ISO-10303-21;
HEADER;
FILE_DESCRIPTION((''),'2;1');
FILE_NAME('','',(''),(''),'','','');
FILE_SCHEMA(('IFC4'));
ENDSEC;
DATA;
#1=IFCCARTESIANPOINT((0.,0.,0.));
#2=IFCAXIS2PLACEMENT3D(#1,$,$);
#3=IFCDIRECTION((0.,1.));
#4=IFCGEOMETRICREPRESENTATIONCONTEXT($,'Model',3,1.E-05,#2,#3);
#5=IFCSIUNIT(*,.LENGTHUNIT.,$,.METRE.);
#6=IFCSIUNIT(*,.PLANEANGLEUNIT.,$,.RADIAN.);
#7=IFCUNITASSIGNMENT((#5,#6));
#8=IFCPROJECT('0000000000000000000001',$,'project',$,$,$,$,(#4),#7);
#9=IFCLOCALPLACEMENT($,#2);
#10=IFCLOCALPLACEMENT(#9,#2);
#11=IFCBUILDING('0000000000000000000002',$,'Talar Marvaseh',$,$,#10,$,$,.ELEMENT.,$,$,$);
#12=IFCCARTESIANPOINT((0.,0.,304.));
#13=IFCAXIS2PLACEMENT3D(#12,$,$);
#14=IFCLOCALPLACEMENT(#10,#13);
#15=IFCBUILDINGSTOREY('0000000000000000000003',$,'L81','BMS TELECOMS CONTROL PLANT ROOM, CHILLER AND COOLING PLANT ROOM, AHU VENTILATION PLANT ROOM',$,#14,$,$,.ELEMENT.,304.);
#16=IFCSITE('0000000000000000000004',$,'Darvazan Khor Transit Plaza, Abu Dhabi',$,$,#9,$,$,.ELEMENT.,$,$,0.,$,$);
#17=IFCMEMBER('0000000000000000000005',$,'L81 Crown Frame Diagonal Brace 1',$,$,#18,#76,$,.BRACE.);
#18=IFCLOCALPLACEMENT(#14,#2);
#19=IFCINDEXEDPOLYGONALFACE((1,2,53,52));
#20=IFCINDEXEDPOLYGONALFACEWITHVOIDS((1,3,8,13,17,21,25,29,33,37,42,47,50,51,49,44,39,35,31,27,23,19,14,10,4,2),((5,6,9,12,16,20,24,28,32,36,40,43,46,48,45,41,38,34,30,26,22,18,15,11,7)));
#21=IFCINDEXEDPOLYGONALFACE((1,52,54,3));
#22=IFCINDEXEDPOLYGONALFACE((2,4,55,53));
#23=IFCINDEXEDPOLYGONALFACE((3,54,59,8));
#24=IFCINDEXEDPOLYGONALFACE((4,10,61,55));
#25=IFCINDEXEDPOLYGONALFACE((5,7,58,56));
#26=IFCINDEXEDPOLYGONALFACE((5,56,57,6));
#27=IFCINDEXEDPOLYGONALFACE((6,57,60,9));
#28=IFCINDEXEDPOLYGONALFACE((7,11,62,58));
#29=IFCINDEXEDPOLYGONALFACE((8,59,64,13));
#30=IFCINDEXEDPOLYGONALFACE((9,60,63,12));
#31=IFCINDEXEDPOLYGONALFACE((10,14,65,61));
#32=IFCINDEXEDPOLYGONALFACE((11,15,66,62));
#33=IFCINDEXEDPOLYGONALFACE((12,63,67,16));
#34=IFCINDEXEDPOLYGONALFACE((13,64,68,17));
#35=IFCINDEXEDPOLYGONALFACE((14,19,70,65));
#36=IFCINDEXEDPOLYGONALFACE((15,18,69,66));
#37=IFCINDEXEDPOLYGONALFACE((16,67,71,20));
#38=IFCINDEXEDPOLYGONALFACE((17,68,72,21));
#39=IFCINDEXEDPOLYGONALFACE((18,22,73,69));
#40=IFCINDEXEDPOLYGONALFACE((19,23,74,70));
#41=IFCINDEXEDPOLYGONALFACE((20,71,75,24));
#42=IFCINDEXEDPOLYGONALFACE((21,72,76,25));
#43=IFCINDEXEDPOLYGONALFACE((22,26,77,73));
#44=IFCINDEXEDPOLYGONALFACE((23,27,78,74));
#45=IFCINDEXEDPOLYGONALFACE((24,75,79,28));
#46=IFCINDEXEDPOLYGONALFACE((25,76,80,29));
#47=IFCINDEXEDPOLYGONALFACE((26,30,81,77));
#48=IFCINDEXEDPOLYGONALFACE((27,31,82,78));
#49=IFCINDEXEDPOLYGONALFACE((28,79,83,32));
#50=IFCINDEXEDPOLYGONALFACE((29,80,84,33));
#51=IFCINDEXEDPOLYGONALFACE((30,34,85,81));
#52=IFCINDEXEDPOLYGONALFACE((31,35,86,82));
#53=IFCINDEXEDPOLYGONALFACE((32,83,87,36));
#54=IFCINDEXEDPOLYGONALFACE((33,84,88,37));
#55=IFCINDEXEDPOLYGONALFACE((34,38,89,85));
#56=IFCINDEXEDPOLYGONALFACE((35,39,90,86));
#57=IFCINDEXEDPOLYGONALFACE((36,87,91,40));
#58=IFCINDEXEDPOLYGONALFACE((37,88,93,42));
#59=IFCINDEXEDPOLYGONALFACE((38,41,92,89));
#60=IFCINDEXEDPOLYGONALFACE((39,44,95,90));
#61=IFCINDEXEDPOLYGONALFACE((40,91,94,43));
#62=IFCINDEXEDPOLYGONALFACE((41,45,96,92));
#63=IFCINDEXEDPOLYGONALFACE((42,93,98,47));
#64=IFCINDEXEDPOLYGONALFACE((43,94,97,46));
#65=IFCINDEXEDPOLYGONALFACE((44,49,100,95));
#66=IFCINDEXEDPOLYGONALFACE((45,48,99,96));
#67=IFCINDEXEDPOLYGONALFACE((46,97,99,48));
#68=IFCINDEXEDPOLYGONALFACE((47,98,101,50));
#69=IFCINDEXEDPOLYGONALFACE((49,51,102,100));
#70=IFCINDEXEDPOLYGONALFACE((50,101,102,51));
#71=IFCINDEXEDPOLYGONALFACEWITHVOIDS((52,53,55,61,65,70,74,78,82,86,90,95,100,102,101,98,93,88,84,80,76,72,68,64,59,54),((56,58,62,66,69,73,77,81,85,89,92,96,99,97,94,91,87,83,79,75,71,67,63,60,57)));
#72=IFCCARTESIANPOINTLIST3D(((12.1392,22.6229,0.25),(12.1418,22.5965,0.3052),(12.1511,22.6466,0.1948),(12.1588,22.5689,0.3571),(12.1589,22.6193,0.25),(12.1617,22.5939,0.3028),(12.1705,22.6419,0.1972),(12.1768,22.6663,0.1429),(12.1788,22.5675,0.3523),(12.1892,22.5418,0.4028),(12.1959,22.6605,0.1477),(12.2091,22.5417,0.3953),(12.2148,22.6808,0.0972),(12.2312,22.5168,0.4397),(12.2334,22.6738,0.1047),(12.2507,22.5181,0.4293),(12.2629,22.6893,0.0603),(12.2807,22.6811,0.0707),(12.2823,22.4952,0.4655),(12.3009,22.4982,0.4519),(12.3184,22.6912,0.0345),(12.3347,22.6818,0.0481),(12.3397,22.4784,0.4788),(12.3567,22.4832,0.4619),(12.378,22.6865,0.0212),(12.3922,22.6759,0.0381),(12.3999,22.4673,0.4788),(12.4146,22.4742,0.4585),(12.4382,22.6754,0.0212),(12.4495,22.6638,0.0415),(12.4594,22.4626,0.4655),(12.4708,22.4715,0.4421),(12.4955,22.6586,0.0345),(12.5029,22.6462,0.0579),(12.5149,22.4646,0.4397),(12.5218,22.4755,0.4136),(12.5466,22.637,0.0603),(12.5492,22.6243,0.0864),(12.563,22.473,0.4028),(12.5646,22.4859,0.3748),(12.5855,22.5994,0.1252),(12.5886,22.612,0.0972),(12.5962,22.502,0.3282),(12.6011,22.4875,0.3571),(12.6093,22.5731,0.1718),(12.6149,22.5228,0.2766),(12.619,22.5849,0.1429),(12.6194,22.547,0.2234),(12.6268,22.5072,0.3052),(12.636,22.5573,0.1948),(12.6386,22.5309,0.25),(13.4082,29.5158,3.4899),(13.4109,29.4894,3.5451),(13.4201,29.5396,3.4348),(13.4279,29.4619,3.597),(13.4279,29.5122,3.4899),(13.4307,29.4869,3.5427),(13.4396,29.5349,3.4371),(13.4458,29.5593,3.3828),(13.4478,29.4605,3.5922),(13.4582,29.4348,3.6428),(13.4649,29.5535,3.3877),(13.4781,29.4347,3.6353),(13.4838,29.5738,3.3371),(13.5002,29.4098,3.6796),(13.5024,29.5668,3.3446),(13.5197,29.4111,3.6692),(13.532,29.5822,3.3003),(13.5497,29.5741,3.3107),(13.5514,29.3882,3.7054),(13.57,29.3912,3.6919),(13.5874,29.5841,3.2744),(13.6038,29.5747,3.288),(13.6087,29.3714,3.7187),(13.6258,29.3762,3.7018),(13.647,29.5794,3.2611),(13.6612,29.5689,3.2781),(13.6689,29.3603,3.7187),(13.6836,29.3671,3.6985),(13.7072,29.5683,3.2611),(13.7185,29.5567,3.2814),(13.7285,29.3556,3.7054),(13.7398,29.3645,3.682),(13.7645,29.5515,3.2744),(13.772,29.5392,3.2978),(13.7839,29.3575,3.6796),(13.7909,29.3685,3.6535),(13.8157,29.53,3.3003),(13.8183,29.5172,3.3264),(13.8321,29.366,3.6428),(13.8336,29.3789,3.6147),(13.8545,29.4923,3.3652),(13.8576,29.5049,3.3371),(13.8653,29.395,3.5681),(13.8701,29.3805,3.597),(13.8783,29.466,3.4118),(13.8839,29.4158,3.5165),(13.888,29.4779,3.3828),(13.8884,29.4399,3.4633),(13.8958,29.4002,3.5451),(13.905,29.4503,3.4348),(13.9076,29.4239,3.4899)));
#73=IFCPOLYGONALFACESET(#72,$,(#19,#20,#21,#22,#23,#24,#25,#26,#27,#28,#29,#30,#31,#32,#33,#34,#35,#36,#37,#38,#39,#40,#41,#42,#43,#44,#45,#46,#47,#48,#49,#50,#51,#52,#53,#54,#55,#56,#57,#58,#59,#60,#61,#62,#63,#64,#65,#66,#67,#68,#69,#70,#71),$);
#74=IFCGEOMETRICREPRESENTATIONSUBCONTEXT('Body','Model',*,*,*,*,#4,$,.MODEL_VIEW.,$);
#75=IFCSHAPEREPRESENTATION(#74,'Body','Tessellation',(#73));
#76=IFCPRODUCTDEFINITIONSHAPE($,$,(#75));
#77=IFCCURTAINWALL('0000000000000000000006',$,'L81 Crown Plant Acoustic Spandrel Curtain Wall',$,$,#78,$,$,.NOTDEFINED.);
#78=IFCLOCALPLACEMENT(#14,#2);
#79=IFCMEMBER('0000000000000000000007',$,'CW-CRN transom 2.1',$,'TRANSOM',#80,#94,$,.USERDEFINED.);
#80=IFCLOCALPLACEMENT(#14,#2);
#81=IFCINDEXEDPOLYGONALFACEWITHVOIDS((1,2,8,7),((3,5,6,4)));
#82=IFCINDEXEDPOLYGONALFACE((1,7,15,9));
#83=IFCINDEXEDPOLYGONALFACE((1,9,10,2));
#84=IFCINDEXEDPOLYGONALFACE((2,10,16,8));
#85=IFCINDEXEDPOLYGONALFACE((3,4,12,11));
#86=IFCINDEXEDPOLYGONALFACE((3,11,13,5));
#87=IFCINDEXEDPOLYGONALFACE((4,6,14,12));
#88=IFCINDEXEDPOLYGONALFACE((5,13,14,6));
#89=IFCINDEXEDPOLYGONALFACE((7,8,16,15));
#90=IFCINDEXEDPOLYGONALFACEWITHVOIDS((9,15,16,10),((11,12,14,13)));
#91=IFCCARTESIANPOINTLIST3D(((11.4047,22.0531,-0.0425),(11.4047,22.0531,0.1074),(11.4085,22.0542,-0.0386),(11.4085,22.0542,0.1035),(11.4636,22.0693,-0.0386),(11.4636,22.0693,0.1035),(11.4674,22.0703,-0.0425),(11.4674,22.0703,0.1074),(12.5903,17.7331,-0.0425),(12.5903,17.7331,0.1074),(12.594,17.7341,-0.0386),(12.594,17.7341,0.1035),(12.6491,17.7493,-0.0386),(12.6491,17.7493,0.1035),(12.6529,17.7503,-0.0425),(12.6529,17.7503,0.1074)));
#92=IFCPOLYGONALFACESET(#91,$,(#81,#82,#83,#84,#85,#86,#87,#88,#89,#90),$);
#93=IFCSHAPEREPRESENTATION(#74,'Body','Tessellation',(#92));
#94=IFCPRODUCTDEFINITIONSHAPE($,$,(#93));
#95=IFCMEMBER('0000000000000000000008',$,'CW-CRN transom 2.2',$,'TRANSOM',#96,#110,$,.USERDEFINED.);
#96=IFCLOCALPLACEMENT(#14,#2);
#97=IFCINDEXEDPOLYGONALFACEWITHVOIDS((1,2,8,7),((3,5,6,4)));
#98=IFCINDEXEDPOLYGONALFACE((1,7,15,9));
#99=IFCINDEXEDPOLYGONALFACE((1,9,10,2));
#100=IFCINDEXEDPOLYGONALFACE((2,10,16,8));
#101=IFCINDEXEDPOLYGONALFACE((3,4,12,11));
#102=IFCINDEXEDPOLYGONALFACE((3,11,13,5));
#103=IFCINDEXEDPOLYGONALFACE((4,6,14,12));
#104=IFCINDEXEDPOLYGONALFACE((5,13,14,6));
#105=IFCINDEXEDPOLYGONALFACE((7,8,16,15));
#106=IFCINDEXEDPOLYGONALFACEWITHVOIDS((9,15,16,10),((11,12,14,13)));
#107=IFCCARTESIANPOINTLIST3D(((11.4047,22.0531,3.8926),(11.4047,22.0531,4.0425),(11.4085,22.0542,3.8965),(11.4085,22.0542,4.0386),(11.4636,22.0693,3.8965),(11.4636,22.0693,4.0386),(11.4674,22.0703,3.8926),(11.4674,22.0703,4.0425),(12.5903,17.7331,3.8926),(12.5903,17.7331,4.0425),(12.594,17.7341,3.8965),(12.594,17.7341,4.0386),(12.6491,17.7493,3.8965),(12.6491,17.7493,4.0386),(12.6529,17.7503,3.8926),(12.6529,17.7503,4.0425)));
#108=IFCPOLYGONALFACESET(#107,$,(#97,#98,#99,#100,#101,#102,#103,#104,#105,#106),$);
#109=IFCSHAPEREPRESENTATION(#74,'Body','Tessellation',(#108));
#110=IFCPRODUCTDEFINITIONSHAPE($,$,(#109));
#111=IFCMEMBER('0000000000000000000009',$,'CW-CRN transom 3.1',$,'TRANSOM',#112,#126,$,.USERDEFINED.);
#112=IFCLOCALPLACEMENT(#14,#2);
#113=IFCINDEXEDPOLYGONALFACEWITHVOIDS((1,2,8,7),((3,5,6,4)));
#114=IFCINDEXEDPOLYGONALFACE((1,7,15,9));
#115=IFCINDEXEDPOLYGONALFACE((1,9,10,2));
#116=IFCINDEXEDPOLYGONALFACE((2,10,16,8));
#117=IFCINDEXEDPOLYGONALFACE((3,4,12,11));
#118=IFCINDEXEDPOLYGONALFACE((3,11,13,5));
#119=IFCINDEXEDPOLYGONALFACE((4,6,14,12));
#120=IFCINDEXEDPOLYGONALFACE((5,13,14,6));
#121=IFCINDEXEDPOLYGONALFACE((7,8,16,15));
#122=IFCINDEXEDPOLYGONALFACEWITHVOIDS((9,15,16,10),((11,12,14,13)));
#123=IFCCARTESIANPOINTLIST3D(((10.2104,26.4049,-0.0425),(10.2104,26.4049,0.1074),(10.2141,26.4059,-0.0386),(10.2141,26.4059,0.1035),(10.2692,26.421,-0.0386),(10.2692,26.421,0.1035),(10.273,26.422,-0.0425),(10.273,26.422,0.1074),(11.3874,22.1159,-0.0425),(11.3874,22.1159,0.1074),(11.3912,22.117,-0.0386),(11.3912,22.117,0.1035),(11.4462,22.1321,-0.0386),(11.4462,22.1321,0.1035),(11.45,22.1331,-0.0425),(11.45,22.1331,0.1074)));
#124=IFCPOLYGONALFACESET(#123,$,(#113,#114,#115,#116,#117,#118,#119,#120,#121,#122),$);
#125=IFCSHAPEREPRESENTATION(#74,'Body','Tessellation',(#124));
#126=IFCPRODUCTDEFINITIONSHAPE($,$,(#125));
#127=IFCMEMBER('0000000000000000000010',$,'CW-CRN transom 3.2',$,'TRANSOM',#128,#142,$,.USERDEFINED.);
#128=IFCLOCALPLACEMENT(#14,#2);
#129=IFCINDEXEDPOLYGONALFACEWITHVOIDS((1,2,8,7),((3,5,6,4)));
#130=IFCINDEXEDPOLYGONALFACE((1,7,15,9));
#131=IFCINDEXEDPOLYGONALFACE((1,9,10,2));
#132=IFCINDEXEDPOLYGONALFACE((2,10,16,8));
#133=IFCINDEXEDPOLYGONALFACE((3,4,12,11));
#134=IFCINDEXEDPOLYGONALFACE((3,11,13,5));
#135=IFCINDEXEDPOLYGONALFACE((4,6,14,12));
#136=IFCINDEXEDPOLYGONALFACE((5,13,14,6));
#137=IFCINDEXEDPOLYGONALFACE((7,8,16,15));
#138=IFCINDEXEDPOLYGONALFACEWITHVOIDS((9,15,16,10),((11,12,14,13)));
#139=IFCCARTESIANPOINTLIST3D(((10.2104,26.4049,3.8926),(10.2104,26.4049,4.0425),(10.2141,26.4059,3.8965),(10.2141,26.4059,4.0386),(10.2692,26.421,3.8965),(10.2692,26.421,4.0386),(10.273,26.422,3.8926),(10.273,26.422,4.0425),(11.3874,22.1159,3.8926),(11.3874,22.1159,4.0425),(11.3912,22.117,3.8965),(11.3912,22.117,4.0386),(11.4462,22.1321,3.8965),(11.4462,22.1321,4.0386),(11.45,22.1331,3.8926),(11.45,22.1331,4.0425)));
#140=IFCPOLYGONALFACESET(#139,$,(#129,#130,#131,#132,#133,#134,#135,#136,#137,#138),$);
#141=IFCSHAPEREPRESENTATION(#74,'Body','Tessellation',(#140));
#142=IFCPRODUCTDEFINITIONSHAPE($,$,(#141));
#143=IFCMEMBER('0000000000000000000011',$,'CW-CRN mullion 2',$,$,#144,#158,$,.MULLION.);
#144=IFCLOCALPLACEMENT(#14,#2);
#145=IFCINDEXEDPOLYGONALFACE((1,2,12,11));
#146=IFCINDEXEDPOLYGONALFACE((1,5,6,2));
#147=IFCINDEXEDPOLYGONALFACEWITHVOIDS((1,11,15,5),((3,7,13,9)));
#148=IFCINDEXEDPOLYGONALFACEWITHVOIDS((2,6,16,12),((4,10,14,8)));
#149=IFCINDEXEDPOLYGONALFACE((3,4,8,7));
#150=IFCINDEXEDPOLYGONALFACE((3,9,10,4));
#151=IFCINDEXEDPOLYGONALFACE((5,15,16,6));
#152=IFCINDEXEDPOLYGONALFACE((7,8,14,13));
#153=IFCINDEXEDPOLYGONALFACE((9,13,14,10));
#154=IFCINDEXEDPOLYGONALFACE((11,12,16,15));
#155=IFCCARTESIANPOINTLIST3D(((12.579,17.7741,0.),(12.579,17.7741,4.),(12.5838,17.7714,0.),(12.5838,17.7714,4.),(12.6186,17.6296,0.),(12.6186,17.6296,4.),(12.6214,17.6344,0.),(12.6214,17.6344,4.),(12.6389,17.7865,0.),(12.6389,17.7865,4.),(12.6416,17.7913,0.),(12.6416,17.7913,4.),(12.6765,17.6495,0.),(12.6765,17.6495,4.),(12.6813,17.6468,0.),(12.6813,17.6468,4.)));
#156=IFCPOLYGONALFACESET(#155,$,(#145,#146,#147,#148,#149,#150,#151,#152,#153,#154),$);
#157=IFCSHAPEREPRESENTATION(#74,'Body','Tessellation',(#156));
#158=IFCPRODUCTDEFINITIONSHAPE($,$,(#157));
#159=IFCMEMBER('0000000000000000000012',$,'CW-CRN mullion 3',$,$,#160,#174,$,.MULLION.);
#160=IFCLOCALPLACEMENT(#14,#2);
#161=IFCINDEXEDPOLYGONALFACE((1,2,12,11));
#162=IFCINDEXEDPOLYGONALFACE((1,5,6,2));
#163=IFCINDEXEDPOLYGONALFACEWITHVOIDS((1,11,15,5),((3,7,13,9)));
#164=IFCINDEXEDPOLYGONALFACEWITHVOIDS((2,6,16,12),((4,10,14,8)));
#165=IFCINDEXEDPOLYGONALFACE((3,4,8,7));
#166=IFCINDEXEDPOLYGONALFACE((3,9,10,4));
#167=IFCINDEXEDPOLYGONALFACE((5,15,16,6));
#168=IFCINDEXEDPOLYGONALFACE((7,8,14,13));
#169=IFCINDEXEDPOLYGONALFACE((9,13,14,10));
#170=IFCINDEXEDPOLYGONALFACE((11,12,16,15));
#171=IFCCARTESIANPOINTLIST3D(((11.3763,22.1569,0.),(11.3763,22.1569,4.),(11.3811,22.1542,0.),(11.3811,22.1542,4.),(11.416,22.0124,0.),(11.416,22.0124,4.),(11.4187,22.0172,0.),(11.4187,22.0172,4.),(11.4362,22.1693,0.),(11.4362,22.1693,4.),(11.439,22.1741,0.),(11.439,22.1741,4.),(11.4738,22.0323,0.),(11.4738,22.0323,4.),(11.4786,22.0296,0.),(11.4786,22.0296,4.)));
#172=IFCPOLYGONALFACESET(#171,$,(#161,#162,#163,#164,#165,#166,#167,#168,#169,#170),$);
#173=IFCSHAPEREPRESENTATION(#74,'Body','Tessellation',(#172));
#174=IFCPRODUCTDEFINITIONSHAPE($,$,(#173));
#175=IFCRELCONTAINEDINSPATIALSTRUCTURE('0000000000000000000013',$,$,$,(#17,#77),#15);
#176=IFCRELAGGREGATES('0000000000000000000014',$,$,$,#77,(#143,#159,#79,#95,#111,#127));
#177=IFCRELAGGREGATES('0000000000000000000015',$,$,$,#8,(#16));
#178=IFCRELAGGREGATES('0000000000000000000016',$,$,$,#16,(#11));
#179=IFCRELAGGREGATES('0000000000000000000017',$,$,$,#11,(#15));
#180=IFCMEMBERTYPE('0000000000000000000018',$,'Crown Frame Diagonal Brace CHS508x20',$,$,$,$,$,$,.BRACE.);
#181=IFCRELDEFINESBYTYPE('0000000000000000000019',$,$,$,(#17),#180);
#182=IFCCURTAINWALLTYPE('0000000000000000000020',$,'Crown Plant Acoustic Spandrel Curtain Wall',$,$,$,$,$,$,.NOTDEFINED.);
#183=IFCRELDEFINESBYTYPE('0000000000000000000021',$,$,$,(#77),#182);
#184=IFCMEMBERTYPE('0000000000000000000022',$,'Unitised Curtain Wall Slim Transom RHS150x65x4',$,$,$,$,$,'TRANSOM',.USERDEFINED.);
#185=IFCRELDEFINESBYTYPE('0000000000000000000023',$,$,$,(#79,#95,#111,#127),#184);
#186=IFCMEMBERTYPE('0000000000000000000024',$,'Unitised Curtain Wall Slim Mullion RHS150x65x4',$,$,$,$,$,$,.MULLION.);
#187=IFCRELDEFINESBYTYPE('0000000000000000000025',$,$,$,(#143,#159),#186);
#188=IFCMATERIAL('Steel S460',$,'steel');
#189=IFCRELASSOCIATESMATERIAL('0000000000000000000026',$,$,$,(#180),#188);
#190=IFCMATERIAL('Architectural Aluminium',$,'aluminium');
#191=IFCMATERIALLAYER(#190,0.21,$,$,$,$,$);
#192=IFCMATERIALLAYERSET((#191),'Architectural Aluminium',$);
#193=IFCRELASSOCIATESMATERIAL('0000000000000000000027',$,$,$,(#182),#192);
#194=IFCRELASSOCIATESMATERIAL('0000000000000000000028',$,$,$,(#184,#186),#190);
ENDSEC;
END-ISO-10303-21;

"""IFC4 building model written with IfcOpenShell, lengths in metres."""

from ifc_helpers import new_model, si_unit, direction, frame, origin, origin_2d, place, context, subcontext, project, spatial, hollow_rectangle, hollow_circle, extrude, source, transform, mapped, material, layer, layer_set, material_profile, profile_set, type_object, type_shapes, element, aggregate, save


model = new_model("IFC4")

# Units and contexts
model_context = context("Model", 3, precision=1e-05, world=origin(), true_north=direction((0.0, 1.0)))
body_context = subcontext(model_context, "Body", "Model", "MODEL_VIEW")
ifc_project = project(units=[si_unit("LENGTHUNIT", "METRE"), si_unit("PLANEANGLEUNIT", "RADIAN")], contexts=[model_context])

# Site, building, storey
site_placement = place(None, origin())
site = spatial("IfcSite", under=ifc_project, at=site_placement, Name="Darvazan Khor Transit Plaza, Abu Dhabi", CompositionType="ELEMENT", RefElevation=0.0)
building_placement = place(site_placement, origin())
building = spatial("IfcBuilding", under=site, at=building_placement, Name="Talar Marvaseh", CompositionType="ELEMENT")
storey_placement = place(building_placement, frame((0.0, 0.0, 304.0)))
storey = spatial("IfcBuildingStorey", under=building, at=storey_placement, Name="L81", Description="BMS TELECOMS CONTROL PLANT ROOM, CHILLER AND COOLING PLANT ROOM, AHU VENTILATION PLANT ROOM", CompositionType="ELEMENT", Elevation=304.0)

# Shared definitions
ifc_material_1 = material(Name="Steel S460", Category="steel")

# Member
ifc_material_profile_1 = material_profile(ifc_material_1, hollow_circle(Radius=0.2539, WallThickness=0.02, at=origin_2d()), Name="CHS508x20")
ifc_profile_set_1 = profile_set([ifc_material_profile_1], Name="Steel S460")
member_type_1 = type_object("IfcMemberType", Name="Crown Frame Diagonal Brace CHS508x20", PredefinedType="BRACE", material=ifc_profile_set_1)
shared_shape_1 = source(origin(), body_context, "Body", "SweptSolid", [
    extrude(hollow_circle(Radius=0.2539, WallThickness=0.02, at=origin_2d()), origin(), (0.0, 0.0, 1.0), 7.7214),
])
type_shapes(member_type_1, [shared_shape_1])
member_1_placement = place(storey_placement, frame((12.3889, 22.5769, 0.25), z_axis=(0.164351, 0.892705, 0.419603), x_axis=(-0.983472, 0.181061, 0.0)))
element("IfcMember", 1, at=member_1_placement, inside=storey, type_object=member_type_1, Name="L81 Crown Frame Diagonal Brace 1", PredefinedType="BRACE", context=body_context, shape_type="MappedRepresentation", body=[
    mapped(shared_shape_1, transform((0.0, 0.0, 0.0), x_axis=(1.0, 0.0, 0.0), y_axis=(0.0, 1.0, 0.0), z_axis=(0.0, 0.0, 1.0), scale=1.0)),
])

# Curtain wall, members
ifc_material_2 = material(Name="Architectural Aluminium", Category="aluminium")
ifc_layer_1 = layer(ifc_material_2, 0.21)
ifc_layer_set_1 = layer_set([ifc_layer_1], Name="Architectural Aluminium")
curtain_wall_type = type_object("IfcCurtainWallType", Name="Crown Plant Acoustic Spandrel Curtain Wall", PredefinedType="NOTDEFINED", material=ifc_layer_set_1)
curtain_wall_placement = place(storey_placement, origin())
curtain_wall = element("IfcCurtainWall", 2, at=curtain_wall_placement, inside=storey, type_object=curtain_wall_type, Name="L81 Crown Plant Acoustic Spandrel Curtain Wall", PredefinedType="NOTDEFINED")
ifc_material_profile_2 = material_profile(ifc_material_2, hollow_rectangle(XDim=0.0649, YDim=0.1499, WallThickness=0.0039, at=origin_2d()), Name="RHS150x65x4")
ifc_profile_set_2 = profile_set([ifc_material_profile_2], Name="Architectural Aluminium")
member_type_2 = type_object("IfcMemberType", Name="Unitised Curtain Wall Slim Transom RHS150x65x4", ElementType="TRANSOM", PredefinedType="USERDEFINED", material=ifc_profile_set_2)
shared_shape_2 = source(origin(), body_context, "Body", "SweptSolid", [
    extrude(hollow_rectangle(XDim=0.0649, YDim=0.1499, WallThickness=0.0039, at=origin_2d()), origin(), (0.0, 0.0, 1.0), 4.4797),
])
member_2_placement = place(storey_placement, frame((12.6216, 17.7417, 0.0325), z_axis=(-0.264643, 0.964346, 0.0), x_axis=(-0.964346, -0.264643, 0.0)))
member_2 = element("IfcMember", 3, at=member_2_placement, type_object=member_type_2, Name="CW-CRN transom 2.1", ObjectType="TRANSOM", PredefinedType="USERDEFINED", context=body_context, shape_type="MappedRepresentation", body=[
    mapped(shared_shape_2, transform((0.0, 0.0, 0.0), x_axis=(1.0, 0.0, 0.0), y_axis=(0.0, 1.0, 0.0), z_axis=(0.0, 0.0, 1.0), scale=1.0)),
])
member_3_placement = place(storey_placement, frame((12.6216, 17.7417, 3.9675), z_axis=(-0.264643, 0.964346, 0.0), x_axis=(-0.964346, -0.264643, 0.0)))
member_3 = element("IfcMember", 4, at=member_3_placement, type_object=member_type_2, Name="CW-CRN transom 2.2", ObjectType="TRANSOM", PredefinedType="USERDEFINED", context=body_context, shape_type="MappedRepresentation", body=[
    mapped(shared_shape_2, transform((0.0, 0.0, 0.0), x_axis=(1.0, 0.0, 0.0), y_axis=(0.0, 1.0, 0.0), z_axis=(0.0, 0.0, 1.0), scale=1.0)),
])
shared_shape_3 = source(origin(), body_context, "Body", "SweptSolid", [
    extrude(hollow_rectangle(XDim=0.0649, YDim=0.1499, WallThickness=0.0039, at=origin_2d()), origin(), (0.0, 0.0, 1.0), 4.4475),
])
type_shapes(member_type_2, [shared_shape_2, shared_shape_3])
member_4_placement = place(storey_placement, frame((11.4187, 22.1245, 0.0325), z_axis=(-0.26465, 0.964345, 0.0), x_axis=(-0.964345, -0.26465, 0.0)))
member_4 = element("IfcMember", 5, at=member_4_placement, type_object=member_type_2, Name="CW-CRN transom 3.1", ObjectType="TRANSOM", PredefinedType="USERDEFINED", context=body_context, shape_type="MappedRepresentation", body=[
    mapped(shared_shape_3, transform((0.0, 0.0, 0.0), x_axis=(1.0, 0.0, 0.0), y_axis=(0.0, 1.0, 0.0), z_axis=(0.0, 0.0, 1.0), scale=1.0)),
])
member_5_placement = place(storey_placement, frame((11.4187, 22.1245, 3.9675), z_axis=(-0.26465, 0.964345, 0.0), x_axis=(-0.964345, -0.26465, 0.0)))
member_5 = element("IfcMember", 6, at=member_5_placement, type_object=member_type_2, Name="CW-CRN transom 3.2", ObjectType="TRANSOM", PredefinedType="USERDEFINED", context=body_context, shape_type="MappedRepresentation", body=[
    mapped(shared_shape_3, transform((0.0, 0.0, 0.0), x_axis=(1.0, 0.0, 0.0), y_axis=(0.0, 1.0, 0.0), z_axis=(0.0, 0.0, 1.0), scale=1.0)),
])
ifc_material_profile_3 = material_profile(ifc_material_2, hollow_rectangle(XDim=0.0649, YDim=0.1499, WallThickness=0.0039, at=origin_2d()), Name="RHS150x65x4")
ifc_profile_set_3 = profile_set([ifc_material_profile_3], Name="Architectural Aluminium")
member_type_3 = type_object("IfcMemberType", Name="Unitised Curtain Wall Slim Mullion RHS150x65x4", PredefinedType="MULLION", material=ifc_profile_set_3)
shared_shape_4 = source(origin(), body_context, "Body", "SweptSolid", [
    extrude(hollow_rectangle(XDim=0.0649, YDim=0.1499, WallThickness=0.0039, at=origin_2d()), origin(), (0.0, 0.0, 1.0), 4.0),
])
type_shapes(member_type_3, [shared_shape_4])
member_6_placement = place(storey_placement, frame((12.6301, 17.7104, 0.0), z_axis=(0.0, 0.0, 1.0), x_axis=(-0.964345, -0.264649, 0.0)))
member_6 = element("IfcMember", 7, at=member_6_placement, type_object=member_type_3, Name="CW-CRN mullion 2", PredefinedType="MULLION", context=body_context, shape_type="MappedRepresentation", body=[
    mapped(shared_shape_4, transform((0.0, 0.0, 0.0), x_axis=(1.0, 0.0, 0.0), y_axis=(0.0, 1.0, 0.0), z_axis=(0.0, 0.0, 1.0), scale=1.0)),
])
member_7_placement = place(storey_placement, frame((11.4275, 22.0933, 0.0), z_axis=(0.0, 0.0, 1.0), x_axis=(-0.964345, -0.264649, 0.0)))
member_7 = element("IfcMember", 8, at=member_7_placement, type_object=member_type_3, Name="CW-CRN mullion 3", PredefinedType="MULLION", context=body_context, shape_type="MappedRepresentation", body=[
    mapped(shared_shape_4, transform((0.0, 0.0, 0.0), x_axis=(1.0, 0.0, 0.0), y_axis=(0.0, 1.0, 0.0), z_axis=(0.0, 0.0, 1.0), scale=1.0)),
])

aggregate(curtain_wall, [member_6, member_7, member_2, member_3, member_4, member_5])

save(model, "model.ifc")
